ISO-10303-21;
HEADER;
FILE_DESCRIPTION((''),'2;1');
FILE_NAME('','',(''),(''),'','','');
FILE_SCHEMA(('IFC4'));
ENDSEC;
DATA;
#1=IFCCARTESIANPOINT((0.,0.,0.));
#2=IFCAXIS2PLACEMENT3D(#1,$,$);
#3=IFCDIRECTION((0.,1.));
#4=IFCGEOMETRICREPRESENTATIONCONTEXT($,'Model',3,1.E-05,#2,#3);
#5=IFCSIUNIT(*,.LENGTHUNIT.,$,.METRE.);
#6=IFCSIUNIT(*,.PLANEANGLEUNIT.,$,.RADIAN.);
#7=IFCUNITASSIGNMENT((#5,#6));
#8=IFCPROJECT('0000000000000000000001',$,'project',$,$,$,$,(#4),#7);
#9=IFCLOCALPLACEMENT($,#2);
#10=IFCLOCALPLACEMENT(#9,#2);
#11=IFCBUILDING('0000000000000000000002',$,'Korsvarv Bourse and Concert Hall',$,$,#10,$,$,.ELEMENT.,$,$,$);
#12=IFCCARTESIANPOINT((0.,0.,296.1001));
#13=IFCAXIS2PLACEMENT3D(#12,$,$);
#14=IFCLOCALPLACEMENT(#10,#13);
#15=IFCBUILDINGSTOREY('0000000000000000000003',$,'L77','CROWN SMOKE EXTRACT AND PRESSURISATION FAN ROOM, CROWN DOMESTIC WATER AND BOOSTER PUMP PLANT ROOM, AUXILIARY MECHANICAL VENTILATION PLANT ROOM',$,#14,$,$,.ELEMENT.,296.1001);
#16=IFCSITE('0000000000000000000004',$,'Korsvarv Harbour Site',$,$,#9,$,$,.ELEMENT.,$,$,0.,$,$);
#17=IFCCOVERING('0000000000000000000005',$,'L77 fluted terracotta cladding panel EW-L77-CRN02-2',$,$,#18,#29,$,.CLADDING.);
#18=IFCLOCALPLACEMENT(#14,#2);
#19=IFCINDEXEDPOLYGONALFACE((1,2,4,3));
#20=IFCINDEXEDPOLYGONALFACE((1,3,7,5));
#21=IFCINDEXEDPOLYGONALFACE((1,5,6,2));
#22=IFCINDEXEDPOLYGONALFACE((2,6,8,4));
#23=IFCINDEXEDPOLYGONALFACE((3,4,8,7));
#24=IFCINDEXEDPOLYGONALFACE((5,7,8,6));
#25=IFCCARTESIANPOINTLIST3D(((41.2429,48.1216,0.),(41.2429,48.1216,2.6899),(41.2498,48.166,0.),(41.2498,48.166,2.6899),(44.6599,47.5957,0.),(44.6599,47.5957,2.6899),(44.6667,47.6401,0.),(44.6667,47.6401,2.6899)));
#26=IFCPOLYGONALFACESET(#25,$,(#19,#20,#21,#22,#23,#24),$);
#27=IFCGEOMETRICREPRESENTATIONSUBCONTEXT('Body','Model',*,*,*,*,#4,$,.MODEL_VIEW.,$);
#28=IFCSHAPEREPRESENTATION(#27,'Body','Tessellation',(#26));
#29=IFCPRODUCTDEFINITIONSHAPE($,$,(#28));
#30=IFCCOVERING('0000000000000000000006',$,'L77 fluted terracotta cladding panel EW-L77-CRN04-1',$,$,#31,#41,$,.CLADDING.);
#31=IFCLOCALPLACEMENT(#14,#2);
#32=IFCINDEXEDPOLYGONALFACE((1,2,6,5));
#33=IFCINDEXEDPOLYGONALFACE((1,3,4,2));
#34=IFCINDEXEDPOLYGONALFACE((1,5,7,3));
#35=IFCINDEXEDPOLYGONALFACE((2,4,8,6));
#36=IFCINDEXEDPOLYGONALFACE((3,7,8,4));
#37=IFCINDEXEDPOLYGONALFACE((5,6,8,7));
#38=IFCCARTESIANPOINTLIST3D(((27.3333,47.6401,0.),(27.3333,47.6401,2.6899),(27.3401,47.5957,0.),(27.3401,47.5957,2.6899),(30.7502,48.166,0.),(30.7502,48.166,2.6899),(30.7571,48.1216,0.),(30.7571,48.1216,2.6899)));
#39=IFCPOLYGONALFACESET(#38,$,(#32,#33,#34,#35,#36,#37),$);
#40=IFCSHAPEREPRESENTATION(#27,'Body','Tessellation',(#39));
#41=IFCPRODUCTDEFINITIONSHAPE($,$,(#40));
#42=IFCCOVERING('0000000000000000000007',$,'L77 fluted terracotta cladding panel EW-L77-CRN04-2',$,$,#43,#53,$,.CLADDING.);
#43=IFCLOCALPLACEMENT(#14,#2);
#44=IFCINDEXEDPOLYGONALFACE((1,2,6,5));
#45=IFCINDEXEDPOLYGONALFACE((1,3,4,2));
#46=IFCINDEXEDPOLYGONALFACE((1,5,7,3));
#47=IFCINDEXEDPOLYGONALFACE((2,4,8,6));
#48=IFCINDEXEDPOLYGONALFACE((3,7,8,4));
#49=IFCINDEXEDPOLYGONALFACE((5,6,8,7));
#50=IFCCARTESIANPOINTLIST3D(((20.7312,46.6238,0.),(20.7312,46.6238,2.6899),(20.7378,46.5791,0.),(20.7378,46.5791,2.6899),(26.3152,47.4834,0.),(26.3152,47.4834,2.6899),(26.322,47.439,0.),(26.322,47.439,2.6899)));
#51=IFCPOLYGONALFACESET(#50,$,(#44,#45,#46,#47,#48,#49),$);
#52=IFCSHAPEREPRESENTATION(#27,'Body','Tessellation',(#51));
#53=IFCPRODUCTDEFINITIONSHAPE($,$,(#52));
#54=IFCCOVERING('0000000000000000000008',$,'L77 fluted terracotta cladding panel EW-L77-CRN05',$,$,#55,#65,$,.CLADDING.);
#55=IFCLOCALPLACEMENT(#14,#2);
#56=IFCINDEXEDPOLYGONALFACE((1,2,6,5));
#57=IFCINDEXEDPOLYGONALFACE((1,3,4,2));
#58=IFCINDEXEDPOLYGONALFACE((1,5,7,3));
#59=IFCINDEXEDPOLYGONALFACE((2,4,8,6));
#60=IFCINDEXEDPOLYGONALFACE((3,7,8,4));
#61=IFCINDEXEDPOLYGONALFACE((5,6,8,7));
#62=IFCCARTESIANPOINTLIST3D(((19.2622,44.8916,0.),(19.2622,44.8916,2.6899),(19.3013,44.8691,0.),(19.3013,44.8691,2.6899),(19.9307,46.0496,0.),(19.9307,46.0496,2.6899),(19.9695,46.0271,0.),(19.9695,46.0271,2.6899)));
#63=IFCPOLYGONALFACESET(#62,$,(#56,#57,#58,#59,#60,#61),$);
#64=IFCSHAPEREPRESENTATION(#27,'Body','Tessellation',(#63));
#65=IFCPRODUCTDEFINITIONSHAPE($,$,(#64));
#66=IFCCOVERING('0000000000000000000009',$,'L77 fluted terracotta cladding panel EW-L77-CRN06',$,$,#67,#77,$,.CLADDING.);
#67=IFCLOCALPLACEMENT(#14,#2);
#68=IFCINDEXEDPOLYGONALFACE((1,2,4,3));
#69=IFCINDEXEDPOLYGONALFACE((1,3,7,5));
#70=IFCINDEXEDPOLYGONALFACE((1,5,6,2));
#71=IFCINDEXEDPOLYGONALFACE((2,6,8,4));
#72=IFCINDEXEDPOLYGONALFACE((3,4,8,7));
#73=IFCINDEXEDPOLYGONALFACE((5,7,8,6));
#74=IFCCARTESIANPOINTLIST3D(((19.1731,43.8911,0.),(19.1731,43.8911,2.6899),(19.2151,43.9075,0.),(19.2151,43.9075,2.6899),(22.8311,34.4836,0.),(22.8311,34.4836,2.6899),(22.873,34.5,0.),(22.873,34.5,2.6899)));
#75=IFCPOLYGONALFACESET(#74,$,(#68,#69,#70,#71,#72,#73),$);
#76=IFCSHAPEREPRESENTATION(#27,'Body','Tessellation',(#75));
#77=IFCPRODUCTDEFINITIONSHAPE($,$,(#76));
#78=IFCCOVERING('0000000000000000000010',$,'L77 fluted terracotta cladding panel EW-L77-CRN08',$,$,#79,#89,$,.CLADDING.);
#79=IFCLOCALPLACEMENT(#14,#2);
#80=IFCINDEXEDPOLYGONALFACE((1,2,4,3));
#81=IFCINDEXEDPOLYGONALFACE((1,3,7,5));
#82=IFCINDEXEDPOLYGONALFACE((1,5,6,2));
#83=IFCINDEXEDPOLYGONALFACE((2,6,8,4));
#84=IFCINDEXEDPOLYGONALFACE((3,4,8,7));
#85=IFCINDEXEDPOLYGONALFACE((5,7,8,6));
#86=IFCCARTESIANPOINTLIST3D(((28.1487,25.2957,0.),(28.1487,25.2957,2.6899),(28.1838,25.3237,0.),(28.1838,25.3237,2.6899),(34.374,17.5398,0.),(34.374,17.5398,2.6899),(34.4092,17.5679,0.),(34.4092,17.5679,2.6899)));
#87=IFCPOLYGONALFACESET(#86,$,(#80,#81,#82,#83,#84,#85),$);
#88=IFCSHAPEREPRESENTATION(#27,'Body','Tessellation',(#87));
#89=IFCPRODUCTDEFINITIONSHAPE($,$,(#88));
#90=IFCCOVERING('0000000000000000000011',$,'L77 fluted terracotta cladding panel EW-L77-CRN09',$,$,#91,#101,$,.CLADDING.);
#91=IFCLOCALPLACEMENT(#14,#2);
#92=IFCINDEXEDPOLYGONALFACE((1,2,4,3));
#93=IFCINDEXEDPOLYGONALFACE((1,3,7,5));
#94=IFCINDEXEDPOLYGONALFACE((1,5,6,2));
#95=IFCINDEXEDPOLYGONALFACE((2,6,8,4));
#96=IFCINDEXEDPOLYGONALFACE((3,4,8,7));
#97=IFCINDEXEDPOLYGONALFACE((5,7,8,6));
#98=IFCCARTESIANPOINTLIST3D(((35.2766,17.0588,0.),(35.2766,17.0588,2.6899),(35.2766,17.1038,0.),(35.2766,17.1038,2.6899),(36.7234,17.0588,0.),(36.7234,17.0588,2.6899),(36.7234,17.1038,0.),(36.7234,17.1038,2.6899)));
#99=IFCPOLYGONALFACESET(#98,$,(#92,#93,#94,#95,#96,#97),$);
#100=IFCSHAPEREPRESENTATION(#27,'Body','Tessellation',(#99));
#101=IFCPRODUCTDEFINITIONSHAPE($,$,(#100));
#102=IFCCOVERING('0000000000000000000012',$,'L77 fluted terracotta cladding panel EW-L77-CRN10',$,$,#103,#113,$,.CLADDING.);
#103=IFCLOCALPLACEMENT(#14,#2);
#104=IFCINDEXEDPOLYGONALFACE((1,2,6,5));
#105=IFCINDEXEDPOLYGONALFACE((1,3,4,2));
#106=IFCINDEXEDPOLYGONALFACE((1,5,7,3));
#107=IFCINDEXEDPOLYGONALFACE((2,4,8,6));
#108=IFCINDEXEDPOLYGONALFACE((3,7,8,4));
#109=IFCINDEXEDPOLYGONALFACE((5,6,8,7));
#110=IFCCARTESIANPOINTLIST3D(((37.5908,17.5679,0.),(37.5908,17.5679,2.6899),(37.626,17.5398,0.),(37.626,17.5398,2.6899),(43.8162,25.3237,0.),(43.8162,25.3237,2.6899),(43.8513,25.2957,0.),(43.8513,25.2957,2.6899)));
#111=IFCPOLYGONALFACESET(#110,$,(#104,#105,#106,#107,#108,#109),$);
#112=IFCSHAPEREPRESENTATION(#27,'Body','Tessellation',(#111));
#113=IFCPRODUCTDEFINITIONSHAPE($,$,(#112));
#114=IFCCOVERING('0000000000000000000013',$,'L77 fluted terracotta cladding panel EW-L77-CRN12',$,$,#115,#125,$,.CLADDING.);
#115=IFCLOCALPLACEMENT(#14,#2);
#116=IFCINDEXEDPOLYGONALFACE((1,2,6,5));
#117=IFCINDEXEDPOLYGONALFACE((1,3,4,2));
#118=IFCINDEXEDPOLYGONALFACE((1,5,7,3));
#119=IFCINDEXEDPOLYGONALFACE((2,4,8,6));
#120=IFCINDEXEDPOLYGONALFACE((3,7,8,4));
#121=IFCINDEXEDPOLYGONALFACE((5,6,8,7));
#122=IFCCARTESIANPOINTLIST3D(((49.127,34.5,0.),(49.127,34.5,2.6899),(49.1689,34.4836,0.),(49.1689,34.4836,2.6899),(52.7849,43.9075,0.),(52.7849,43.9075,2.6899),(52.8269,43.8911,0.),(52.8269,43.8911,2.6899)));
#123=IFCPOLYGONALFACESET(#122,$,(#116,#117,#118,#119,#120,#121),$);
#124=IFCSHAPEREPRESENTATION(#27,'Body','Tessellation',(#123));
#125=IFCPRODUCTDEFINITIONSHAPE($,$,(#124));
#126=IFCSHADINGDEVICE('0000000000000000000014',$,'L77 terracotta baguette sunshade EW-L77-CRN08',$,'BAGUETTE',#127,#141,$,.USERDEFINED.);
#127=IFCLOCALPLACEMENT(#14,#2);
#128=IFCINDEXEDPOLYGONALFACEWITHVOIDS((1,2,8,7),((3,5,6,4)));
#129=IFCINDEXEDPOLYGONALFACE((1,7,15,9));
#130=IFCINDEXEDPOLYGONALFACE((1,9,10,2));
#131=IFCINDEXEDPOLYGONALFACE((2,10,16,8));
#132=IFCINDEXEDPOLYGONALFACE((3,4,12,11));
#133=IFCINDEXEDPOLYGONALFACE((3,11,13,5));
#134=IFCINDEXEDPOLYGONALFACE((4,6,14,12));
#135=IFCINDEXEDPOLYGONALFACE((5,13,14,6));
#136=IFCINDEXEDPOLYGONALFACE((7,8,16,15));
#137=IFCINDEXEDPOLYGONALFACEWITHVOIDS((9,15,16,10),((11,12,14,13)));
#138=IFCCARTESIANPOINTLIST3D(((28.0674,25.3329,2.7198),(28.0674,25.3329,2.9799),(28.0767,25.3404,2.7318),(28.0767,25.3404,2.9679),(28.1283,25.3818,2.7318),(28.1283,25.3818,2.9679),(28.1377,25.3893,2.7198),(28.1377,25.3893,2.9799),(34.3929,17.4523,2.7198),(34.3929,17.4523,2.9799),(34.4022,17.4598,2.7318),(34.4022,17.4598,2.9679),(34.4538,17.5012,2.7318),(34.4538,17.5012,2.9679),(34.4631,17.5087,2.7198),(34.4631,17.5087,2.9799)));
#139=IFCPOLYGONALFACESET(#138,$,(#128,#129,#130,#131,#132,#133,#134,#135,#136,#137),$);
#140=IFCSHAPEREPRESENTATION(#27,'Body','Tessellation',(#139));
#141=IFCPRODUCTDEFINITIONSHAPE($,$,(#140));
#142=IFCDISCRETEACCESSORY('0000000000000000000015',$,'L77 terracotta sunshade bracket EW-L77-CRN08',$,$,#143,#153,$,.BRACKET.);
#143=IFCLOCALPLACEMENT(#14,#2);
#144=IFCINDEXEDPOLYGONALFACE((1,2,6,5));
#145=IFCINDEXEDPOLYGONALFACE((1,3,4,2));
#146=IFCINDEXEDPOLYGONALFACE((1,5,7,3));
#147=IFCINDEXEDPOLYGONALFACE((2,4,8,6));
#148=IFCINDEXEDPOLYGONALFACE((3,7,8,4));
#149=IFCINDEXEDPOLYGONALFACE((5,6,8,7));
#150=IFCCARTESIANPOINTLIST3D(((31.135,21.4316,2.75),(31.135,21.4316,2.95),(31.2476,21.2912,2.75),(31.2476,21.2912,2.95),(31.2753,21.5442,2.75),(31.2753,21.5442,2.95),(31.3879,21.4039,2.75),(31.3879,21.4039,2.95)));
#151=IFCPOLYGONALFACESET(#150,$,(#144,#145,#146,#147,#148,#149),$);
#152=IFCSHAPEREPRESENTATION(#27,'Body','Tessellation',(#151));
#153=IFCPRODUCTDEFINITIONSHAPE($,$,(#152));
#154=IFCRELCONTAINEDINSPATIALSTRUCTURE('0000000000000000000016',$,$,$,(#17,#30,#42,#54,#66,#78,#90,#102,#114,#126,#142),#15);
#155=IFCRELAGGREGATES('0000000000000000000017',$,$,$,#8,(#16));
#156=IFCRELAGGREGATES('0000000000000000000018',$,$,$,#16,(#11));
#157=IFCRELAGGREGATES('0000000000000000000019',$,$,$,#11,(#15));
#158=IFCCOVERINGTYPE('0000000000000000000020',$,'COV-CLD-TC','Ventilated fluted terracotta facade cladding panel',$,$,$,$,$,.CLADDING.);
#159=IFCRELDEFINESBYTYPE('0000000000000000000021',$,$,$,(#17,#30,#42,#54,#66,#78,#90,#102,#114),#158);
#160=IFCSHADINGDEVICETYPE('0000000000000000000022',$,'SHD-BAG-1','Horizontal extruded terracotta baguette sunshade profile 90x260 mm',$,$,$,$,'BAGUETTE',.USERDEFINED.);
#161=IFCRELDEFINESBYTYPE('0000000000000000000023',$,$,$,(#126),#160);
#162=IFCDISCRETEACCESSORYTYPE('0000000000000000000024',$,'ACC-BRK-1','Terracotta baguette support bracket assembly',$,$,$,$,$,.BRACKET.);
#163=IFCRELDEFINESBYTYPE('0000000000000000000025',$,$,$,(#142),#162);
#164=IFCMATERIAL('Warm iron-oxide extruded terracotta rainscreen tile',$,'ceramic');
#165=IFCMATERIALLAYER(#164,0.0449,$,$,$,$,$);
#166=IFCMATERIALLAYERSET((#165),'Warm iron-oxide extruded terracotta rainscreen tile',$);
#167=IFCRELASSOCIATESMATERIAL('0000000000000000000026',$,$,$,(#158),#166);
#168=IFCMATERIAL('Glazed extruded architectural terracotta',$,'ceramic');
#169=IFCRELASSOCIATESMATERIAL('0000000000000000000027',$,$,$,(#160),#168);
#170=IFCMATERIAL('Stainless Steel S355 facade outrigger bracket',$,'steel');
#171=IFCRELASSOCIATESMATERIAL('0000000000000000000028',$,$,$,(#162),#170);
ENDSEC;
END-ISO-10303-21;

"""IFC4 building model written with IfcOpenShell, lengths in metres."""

from ifc_helpers import new_model, si_unit, direction, frame, origin, origin_2d, place, context, subcontext, project, spatial, polyline, rectangle, hollow_rectangle, outline, extrude, source, transform, mapped, material, layer, layer_set, material_profile, profile_set, type_object, element, save


model = new_model("IFC4")

# Units and contexts
model_context = context("Model", 3, precision=1e-05, world=origin(), true_north=direction((0.0, 1.0)))
body_context = subcontext(model_context, "Body", "Model", "MODEL_VIEW")
ifc_project = project(units=[si_unit("LENGTHUNIT", "METRE"), si_unit("PLANEANGLEUNIT", "RADIAN")], contexts=[model_context])

# Site, building, storey
site_placement = place(None, origin())
site = spatial("IfcSite", under=ifc_project, at=site_placement, Name="Korsvarv Harbour Site", CompositionType="ELEMENT", RefElevation=0.0)
building_placement = place(site_placement, origin())
building = spatial("IfcBuilding", under=site, at=building_placement, Name="Korsvarv Bourse and Concert Hall", CompositionType="ELEMENT")
storey_placement = place(building_placement, frame((0.0, 0.0, 296.1001)))
storey = spatial("IfcBuildingStorey", under=building, at=storey_placement, Name="L77", Description="CROWN SMOKE EXTRACT AND PRESSURISATION FAN ROOM, CROWN DOMESTIC WATER AND BOOSTER PUMP PLANT ROOM, AUXILIARY MECHANICAL VENTILATION PLANT ROOM", CompositionType="ELEMENT", Elevation=296.1001)

# Coverings
ifc_material_1 = material(Name="Warm iron-oxide extruded terracotta rainscreen tile", Category="ceramic")
ifc_layer_1 = layer(ifc_material_1, 0.0449)
ifc_layer_set_1 = layer_set([ifc_layer_1], Name="Warm iron-oxide extruded terracotta rainscreen tile")
covering_type = type_object("IfcCoveringType", Name="COV-CLD-TC", Description="Ventilated fluted terracotta facade cladding panel", PredefinedType="CLADDING", material=ifc_layer_set_1)
covering_1_placement = place(storey_placement, origin())
element("IfcCovering", 1, at=covering_1_placement, inside=storey, type_object=covering_type, Name="L77 fluted terracotta cladding panel EW-L77-CRN02-2", PredefinedType="CLADDING", context=body_context, shape_type="SweptSolid", body=[
    extrude(outline(polyline([(44.6599, 47.5957), (41.2429, 48.1216), (41.2498, 48.166), (44.6667, 47.6401), (44.6599, 47.5957)])), origin(), (0.0, 0.0, 1.0), 2.6899),
])
covering_2_placement = place(storey_placement, origin())
element("IfcCovering", 2, at=covering_2_placement, inside=storey, type_object=covering_type, Name="L77 fluted terracotta cladding panel EW-L77-CRN04-1", PredefinedType="CLADDING", context=body_context, shape_type="SweptSolid", body=[
    extrude(outline(polyline([(30.7571, 48.1216), (27.3401, 47.5957), (27.3333, 47.6401), (30.7502, 48.166), (30.7571, 48.1216)])), origin(), (0.0, 0.0, 1.0), 2.6899),
])
covering_3_placement = place(storey_placement, origin())
element("IfcCovering", 3, at=covering_3_placement, inside=storey, type_object=covering_type, Name="L77 fluted terracotta cladding panel EW-L77-CRN04-2", PredefinedType="CLADDING", context=body_context, shape_type="SweptSolid", body=[
    extrude(outline(polyline([(26.322, 47.439), (20.7378, 46.5791), (20.7312, 46.6238), (26.3152, 47.4834), (26.322, 47.439)])), origin(), (0.0, 0.0, 1.0), 2.6899),
])
covering_4_placement = place(storey_placement, origin())
element("IfcCovering", 4, at=covering_4_placement, inside=storey, type_object=covering_type, Name="L77 fluted terracotta cladding panel EW-L77-CRN05", PredefinedType="CLADDING", context=body_context, shape_type="SweptSolid", body=[
    extrude(outline(polyline([(19.9695, 46.0271), (19.3013, 44.8691), (19.2622, 44.8916), (19.9307, 46.0496), (19.9695, 46.0271)])), origin(), (0.0, 0.0, 1.0), 2.6899),
])
covering_5_placement = place(storey_placement, origin())
element("IfcCovering", 5, at=covering_5_placement, inside=storey, type_object=covering_type, Name="L77 fluted terracotta cladding panel EW-L77-CRN06", PredefinedType="CLADDING", context=body_context, shape_type="SweptSolid", body=[
    extrude(outline(polyline([(19.2151, 43.9075), (22.873, 34.5), (22.8311, 34.4836), (19.1731, 43.8911), (19.2151, 43.9075)])), origin(), (0.0, 0.0, 1.0), 2.6899),
])
covering_6_placement = place(storey_placement, origin())
element("IfcCovering", 6, at=covering_6_placement, inside=storey, type_object=covering_type, Name="L77 fluted terracotta cladding panel EW-L77-CRN08", PredefinedType="CLADDING", context=body_context, shape_type="SweptSolid", body=[
    extrude(outline(polyline([(28.1838, 25.3237), (34.4092, 17.5679), (34.374, 17.5398), (28.1487, 25.2957), (28.1838, 25.3237)])), origin(), (0.0, 0.0, 1.0), 2.6899),
])
covering_7_placement = place(storey_placement, origin())
element("IfcCovering", 7, at=covering_7_placement, inside=storey, type_object=covering_type, Name="L77 fluted terracotta cladding panel EW-L77-CRN09", PredefinedType="CLADDING", context=body_context, shape_type="SweptSolid", body=[
    extrude(outline(polyline([(35.2766, 17.1038), (36.7234, 17.1038), (36.7234, 17.0588), (35.2766, 17.0588), (35.2766, 17.1038)])), origin(), (0.0, 0.0, 1.0), 2.6899),
])
covering_8_placement = place(storey_placement, origin())
element("IfcCovering", 8, at=covering_8_placement, inside=storey, type_object=covering_type, Name="L77 fluted terracotta cladding panel EW-L77-CRN10", PredefinedType="CLADDING", context=body_context, shape_type="SweptSolid", body=[
    extrude(outline(polyline([(37.5908, 17.5679), (43.8162, 25.3237), (43.8513, 25.2957), (37.626, 17.5398), (37.5908, 17.5679)])), origin(), (0.0, 0.0, 1.0), 2.6899),
])
covering_9_placement = place(storey_placement, origin())
element("IfcCovering", 9, at=covering_9_placement, inside=storey, type_object=covering_type, Name="L77 fluted terracotta cladding panel EW-L77-CRN12", PredefinedType="CLADDING", context=body_context, shape_type="SweptSolid", body=[
    extrude(outline(polyline([(49.127, 34.5), (52.7849, 43.9075), (52.8269, 43.8911), (49.1689, 34.4836), (49.127, 34.5)])), origin(), (0.0, 0.0, 1.0), 2.6899),
])

# Shading device
ifc_material_2 = material(Name="Glazed extruded architectural terracotta", Category="ceramic")
ifc_material_profile_1 = material_profile(ifc_material_2, hollow_rectangle(XDim=0.0901, YDim=0.26, WallThickness=0.012, at=origin_2d()), Name="TC-BAG 90x260")
ifc_profile_set_1 = profile_set([ifc_material_profile_1], Name="Glazed extruded architectural terracotta")
shading_device_type = type_object("IfcShadingDeviceType", Name="SHD-BAG-1", Description="Horizontal extruded terracotta baguette sunshade profile 90x260 mm", ElementType="BAGUETTE", PredefinedType="USERDEFINED", material=ifc_profile_set_1)
shared_shape_1 = source(origin(), body_context, "Body", "SweptSolid", [
    extrude(hollow_rectangle(XDim=0.0901, YDim=0.26, WallThickness=0.012, at=origin_2d()), origin(), (0.0, 0.0, 1.0), 10.1052),
])
shading_device_placement = place(storey_placement, frame((28.1025, 25.3611, 2.8499), z_axis=(0.625958, -0.779857, 0.0), x_axis=(0.779857, 0.625958, 0.0)))
element("IfcShadingDevice", 10, at=shading_device_placement, inside=storey, type_object=shading_device_type, Name="L77 terracotta baguette sunshade EW-L77-CRN08", ObjectType="BAGUETTE", PredefinedType="USERDEFINED", context=body_context, shape_type="MappedRepresentation", body=[
    mapped(shared_shape_1, transform((0.0, 0.0, 0.0), scale=1.0)),
])

# Discrete accessory
ifc_material_3 = material(Name="Stainless Steel S355 facade outrigger bracket", Category="steel")
discrete_accessory_type = type_object("IfcDiscreteAccessoryType", Name="ACC-BRK-1", Description="Terracotta baguette support bracket assembly", PredefinedType="BRACKET", material=ifc_material_3)
shared_shape_2 = source(origin(), body_context, "Body", "SweptSolid", [
    extrude(rectangle(XDim=0.1799, YDim=0.1799, at=origin_2d()), origin(), (0.0, 0.0, 1.0), 0.2),
])
discrete_accessory_placement = place(storey_placement, frame((31.2615, 21.4177, 2.75), z_axis=(0.0, 0.0, 1.0), x_axis=(0.625923, -0.779884, 0.0)))
element("IfcDiscreteAccessory", 11, at=discrete_accessory_placement, inside=storey, type_object=discrete_accessory_type, Name="L77 terracotta sunshade bracket EW-L77-CRN08", PredefinedType="BRACKET", context=body_context, shape_type="MappedRepresentation", body=[
    mapped(shared_shape_2, transform((0.0, 0.0, 0.0), scale=1.0)),
])

save(model, "model.ifc")
